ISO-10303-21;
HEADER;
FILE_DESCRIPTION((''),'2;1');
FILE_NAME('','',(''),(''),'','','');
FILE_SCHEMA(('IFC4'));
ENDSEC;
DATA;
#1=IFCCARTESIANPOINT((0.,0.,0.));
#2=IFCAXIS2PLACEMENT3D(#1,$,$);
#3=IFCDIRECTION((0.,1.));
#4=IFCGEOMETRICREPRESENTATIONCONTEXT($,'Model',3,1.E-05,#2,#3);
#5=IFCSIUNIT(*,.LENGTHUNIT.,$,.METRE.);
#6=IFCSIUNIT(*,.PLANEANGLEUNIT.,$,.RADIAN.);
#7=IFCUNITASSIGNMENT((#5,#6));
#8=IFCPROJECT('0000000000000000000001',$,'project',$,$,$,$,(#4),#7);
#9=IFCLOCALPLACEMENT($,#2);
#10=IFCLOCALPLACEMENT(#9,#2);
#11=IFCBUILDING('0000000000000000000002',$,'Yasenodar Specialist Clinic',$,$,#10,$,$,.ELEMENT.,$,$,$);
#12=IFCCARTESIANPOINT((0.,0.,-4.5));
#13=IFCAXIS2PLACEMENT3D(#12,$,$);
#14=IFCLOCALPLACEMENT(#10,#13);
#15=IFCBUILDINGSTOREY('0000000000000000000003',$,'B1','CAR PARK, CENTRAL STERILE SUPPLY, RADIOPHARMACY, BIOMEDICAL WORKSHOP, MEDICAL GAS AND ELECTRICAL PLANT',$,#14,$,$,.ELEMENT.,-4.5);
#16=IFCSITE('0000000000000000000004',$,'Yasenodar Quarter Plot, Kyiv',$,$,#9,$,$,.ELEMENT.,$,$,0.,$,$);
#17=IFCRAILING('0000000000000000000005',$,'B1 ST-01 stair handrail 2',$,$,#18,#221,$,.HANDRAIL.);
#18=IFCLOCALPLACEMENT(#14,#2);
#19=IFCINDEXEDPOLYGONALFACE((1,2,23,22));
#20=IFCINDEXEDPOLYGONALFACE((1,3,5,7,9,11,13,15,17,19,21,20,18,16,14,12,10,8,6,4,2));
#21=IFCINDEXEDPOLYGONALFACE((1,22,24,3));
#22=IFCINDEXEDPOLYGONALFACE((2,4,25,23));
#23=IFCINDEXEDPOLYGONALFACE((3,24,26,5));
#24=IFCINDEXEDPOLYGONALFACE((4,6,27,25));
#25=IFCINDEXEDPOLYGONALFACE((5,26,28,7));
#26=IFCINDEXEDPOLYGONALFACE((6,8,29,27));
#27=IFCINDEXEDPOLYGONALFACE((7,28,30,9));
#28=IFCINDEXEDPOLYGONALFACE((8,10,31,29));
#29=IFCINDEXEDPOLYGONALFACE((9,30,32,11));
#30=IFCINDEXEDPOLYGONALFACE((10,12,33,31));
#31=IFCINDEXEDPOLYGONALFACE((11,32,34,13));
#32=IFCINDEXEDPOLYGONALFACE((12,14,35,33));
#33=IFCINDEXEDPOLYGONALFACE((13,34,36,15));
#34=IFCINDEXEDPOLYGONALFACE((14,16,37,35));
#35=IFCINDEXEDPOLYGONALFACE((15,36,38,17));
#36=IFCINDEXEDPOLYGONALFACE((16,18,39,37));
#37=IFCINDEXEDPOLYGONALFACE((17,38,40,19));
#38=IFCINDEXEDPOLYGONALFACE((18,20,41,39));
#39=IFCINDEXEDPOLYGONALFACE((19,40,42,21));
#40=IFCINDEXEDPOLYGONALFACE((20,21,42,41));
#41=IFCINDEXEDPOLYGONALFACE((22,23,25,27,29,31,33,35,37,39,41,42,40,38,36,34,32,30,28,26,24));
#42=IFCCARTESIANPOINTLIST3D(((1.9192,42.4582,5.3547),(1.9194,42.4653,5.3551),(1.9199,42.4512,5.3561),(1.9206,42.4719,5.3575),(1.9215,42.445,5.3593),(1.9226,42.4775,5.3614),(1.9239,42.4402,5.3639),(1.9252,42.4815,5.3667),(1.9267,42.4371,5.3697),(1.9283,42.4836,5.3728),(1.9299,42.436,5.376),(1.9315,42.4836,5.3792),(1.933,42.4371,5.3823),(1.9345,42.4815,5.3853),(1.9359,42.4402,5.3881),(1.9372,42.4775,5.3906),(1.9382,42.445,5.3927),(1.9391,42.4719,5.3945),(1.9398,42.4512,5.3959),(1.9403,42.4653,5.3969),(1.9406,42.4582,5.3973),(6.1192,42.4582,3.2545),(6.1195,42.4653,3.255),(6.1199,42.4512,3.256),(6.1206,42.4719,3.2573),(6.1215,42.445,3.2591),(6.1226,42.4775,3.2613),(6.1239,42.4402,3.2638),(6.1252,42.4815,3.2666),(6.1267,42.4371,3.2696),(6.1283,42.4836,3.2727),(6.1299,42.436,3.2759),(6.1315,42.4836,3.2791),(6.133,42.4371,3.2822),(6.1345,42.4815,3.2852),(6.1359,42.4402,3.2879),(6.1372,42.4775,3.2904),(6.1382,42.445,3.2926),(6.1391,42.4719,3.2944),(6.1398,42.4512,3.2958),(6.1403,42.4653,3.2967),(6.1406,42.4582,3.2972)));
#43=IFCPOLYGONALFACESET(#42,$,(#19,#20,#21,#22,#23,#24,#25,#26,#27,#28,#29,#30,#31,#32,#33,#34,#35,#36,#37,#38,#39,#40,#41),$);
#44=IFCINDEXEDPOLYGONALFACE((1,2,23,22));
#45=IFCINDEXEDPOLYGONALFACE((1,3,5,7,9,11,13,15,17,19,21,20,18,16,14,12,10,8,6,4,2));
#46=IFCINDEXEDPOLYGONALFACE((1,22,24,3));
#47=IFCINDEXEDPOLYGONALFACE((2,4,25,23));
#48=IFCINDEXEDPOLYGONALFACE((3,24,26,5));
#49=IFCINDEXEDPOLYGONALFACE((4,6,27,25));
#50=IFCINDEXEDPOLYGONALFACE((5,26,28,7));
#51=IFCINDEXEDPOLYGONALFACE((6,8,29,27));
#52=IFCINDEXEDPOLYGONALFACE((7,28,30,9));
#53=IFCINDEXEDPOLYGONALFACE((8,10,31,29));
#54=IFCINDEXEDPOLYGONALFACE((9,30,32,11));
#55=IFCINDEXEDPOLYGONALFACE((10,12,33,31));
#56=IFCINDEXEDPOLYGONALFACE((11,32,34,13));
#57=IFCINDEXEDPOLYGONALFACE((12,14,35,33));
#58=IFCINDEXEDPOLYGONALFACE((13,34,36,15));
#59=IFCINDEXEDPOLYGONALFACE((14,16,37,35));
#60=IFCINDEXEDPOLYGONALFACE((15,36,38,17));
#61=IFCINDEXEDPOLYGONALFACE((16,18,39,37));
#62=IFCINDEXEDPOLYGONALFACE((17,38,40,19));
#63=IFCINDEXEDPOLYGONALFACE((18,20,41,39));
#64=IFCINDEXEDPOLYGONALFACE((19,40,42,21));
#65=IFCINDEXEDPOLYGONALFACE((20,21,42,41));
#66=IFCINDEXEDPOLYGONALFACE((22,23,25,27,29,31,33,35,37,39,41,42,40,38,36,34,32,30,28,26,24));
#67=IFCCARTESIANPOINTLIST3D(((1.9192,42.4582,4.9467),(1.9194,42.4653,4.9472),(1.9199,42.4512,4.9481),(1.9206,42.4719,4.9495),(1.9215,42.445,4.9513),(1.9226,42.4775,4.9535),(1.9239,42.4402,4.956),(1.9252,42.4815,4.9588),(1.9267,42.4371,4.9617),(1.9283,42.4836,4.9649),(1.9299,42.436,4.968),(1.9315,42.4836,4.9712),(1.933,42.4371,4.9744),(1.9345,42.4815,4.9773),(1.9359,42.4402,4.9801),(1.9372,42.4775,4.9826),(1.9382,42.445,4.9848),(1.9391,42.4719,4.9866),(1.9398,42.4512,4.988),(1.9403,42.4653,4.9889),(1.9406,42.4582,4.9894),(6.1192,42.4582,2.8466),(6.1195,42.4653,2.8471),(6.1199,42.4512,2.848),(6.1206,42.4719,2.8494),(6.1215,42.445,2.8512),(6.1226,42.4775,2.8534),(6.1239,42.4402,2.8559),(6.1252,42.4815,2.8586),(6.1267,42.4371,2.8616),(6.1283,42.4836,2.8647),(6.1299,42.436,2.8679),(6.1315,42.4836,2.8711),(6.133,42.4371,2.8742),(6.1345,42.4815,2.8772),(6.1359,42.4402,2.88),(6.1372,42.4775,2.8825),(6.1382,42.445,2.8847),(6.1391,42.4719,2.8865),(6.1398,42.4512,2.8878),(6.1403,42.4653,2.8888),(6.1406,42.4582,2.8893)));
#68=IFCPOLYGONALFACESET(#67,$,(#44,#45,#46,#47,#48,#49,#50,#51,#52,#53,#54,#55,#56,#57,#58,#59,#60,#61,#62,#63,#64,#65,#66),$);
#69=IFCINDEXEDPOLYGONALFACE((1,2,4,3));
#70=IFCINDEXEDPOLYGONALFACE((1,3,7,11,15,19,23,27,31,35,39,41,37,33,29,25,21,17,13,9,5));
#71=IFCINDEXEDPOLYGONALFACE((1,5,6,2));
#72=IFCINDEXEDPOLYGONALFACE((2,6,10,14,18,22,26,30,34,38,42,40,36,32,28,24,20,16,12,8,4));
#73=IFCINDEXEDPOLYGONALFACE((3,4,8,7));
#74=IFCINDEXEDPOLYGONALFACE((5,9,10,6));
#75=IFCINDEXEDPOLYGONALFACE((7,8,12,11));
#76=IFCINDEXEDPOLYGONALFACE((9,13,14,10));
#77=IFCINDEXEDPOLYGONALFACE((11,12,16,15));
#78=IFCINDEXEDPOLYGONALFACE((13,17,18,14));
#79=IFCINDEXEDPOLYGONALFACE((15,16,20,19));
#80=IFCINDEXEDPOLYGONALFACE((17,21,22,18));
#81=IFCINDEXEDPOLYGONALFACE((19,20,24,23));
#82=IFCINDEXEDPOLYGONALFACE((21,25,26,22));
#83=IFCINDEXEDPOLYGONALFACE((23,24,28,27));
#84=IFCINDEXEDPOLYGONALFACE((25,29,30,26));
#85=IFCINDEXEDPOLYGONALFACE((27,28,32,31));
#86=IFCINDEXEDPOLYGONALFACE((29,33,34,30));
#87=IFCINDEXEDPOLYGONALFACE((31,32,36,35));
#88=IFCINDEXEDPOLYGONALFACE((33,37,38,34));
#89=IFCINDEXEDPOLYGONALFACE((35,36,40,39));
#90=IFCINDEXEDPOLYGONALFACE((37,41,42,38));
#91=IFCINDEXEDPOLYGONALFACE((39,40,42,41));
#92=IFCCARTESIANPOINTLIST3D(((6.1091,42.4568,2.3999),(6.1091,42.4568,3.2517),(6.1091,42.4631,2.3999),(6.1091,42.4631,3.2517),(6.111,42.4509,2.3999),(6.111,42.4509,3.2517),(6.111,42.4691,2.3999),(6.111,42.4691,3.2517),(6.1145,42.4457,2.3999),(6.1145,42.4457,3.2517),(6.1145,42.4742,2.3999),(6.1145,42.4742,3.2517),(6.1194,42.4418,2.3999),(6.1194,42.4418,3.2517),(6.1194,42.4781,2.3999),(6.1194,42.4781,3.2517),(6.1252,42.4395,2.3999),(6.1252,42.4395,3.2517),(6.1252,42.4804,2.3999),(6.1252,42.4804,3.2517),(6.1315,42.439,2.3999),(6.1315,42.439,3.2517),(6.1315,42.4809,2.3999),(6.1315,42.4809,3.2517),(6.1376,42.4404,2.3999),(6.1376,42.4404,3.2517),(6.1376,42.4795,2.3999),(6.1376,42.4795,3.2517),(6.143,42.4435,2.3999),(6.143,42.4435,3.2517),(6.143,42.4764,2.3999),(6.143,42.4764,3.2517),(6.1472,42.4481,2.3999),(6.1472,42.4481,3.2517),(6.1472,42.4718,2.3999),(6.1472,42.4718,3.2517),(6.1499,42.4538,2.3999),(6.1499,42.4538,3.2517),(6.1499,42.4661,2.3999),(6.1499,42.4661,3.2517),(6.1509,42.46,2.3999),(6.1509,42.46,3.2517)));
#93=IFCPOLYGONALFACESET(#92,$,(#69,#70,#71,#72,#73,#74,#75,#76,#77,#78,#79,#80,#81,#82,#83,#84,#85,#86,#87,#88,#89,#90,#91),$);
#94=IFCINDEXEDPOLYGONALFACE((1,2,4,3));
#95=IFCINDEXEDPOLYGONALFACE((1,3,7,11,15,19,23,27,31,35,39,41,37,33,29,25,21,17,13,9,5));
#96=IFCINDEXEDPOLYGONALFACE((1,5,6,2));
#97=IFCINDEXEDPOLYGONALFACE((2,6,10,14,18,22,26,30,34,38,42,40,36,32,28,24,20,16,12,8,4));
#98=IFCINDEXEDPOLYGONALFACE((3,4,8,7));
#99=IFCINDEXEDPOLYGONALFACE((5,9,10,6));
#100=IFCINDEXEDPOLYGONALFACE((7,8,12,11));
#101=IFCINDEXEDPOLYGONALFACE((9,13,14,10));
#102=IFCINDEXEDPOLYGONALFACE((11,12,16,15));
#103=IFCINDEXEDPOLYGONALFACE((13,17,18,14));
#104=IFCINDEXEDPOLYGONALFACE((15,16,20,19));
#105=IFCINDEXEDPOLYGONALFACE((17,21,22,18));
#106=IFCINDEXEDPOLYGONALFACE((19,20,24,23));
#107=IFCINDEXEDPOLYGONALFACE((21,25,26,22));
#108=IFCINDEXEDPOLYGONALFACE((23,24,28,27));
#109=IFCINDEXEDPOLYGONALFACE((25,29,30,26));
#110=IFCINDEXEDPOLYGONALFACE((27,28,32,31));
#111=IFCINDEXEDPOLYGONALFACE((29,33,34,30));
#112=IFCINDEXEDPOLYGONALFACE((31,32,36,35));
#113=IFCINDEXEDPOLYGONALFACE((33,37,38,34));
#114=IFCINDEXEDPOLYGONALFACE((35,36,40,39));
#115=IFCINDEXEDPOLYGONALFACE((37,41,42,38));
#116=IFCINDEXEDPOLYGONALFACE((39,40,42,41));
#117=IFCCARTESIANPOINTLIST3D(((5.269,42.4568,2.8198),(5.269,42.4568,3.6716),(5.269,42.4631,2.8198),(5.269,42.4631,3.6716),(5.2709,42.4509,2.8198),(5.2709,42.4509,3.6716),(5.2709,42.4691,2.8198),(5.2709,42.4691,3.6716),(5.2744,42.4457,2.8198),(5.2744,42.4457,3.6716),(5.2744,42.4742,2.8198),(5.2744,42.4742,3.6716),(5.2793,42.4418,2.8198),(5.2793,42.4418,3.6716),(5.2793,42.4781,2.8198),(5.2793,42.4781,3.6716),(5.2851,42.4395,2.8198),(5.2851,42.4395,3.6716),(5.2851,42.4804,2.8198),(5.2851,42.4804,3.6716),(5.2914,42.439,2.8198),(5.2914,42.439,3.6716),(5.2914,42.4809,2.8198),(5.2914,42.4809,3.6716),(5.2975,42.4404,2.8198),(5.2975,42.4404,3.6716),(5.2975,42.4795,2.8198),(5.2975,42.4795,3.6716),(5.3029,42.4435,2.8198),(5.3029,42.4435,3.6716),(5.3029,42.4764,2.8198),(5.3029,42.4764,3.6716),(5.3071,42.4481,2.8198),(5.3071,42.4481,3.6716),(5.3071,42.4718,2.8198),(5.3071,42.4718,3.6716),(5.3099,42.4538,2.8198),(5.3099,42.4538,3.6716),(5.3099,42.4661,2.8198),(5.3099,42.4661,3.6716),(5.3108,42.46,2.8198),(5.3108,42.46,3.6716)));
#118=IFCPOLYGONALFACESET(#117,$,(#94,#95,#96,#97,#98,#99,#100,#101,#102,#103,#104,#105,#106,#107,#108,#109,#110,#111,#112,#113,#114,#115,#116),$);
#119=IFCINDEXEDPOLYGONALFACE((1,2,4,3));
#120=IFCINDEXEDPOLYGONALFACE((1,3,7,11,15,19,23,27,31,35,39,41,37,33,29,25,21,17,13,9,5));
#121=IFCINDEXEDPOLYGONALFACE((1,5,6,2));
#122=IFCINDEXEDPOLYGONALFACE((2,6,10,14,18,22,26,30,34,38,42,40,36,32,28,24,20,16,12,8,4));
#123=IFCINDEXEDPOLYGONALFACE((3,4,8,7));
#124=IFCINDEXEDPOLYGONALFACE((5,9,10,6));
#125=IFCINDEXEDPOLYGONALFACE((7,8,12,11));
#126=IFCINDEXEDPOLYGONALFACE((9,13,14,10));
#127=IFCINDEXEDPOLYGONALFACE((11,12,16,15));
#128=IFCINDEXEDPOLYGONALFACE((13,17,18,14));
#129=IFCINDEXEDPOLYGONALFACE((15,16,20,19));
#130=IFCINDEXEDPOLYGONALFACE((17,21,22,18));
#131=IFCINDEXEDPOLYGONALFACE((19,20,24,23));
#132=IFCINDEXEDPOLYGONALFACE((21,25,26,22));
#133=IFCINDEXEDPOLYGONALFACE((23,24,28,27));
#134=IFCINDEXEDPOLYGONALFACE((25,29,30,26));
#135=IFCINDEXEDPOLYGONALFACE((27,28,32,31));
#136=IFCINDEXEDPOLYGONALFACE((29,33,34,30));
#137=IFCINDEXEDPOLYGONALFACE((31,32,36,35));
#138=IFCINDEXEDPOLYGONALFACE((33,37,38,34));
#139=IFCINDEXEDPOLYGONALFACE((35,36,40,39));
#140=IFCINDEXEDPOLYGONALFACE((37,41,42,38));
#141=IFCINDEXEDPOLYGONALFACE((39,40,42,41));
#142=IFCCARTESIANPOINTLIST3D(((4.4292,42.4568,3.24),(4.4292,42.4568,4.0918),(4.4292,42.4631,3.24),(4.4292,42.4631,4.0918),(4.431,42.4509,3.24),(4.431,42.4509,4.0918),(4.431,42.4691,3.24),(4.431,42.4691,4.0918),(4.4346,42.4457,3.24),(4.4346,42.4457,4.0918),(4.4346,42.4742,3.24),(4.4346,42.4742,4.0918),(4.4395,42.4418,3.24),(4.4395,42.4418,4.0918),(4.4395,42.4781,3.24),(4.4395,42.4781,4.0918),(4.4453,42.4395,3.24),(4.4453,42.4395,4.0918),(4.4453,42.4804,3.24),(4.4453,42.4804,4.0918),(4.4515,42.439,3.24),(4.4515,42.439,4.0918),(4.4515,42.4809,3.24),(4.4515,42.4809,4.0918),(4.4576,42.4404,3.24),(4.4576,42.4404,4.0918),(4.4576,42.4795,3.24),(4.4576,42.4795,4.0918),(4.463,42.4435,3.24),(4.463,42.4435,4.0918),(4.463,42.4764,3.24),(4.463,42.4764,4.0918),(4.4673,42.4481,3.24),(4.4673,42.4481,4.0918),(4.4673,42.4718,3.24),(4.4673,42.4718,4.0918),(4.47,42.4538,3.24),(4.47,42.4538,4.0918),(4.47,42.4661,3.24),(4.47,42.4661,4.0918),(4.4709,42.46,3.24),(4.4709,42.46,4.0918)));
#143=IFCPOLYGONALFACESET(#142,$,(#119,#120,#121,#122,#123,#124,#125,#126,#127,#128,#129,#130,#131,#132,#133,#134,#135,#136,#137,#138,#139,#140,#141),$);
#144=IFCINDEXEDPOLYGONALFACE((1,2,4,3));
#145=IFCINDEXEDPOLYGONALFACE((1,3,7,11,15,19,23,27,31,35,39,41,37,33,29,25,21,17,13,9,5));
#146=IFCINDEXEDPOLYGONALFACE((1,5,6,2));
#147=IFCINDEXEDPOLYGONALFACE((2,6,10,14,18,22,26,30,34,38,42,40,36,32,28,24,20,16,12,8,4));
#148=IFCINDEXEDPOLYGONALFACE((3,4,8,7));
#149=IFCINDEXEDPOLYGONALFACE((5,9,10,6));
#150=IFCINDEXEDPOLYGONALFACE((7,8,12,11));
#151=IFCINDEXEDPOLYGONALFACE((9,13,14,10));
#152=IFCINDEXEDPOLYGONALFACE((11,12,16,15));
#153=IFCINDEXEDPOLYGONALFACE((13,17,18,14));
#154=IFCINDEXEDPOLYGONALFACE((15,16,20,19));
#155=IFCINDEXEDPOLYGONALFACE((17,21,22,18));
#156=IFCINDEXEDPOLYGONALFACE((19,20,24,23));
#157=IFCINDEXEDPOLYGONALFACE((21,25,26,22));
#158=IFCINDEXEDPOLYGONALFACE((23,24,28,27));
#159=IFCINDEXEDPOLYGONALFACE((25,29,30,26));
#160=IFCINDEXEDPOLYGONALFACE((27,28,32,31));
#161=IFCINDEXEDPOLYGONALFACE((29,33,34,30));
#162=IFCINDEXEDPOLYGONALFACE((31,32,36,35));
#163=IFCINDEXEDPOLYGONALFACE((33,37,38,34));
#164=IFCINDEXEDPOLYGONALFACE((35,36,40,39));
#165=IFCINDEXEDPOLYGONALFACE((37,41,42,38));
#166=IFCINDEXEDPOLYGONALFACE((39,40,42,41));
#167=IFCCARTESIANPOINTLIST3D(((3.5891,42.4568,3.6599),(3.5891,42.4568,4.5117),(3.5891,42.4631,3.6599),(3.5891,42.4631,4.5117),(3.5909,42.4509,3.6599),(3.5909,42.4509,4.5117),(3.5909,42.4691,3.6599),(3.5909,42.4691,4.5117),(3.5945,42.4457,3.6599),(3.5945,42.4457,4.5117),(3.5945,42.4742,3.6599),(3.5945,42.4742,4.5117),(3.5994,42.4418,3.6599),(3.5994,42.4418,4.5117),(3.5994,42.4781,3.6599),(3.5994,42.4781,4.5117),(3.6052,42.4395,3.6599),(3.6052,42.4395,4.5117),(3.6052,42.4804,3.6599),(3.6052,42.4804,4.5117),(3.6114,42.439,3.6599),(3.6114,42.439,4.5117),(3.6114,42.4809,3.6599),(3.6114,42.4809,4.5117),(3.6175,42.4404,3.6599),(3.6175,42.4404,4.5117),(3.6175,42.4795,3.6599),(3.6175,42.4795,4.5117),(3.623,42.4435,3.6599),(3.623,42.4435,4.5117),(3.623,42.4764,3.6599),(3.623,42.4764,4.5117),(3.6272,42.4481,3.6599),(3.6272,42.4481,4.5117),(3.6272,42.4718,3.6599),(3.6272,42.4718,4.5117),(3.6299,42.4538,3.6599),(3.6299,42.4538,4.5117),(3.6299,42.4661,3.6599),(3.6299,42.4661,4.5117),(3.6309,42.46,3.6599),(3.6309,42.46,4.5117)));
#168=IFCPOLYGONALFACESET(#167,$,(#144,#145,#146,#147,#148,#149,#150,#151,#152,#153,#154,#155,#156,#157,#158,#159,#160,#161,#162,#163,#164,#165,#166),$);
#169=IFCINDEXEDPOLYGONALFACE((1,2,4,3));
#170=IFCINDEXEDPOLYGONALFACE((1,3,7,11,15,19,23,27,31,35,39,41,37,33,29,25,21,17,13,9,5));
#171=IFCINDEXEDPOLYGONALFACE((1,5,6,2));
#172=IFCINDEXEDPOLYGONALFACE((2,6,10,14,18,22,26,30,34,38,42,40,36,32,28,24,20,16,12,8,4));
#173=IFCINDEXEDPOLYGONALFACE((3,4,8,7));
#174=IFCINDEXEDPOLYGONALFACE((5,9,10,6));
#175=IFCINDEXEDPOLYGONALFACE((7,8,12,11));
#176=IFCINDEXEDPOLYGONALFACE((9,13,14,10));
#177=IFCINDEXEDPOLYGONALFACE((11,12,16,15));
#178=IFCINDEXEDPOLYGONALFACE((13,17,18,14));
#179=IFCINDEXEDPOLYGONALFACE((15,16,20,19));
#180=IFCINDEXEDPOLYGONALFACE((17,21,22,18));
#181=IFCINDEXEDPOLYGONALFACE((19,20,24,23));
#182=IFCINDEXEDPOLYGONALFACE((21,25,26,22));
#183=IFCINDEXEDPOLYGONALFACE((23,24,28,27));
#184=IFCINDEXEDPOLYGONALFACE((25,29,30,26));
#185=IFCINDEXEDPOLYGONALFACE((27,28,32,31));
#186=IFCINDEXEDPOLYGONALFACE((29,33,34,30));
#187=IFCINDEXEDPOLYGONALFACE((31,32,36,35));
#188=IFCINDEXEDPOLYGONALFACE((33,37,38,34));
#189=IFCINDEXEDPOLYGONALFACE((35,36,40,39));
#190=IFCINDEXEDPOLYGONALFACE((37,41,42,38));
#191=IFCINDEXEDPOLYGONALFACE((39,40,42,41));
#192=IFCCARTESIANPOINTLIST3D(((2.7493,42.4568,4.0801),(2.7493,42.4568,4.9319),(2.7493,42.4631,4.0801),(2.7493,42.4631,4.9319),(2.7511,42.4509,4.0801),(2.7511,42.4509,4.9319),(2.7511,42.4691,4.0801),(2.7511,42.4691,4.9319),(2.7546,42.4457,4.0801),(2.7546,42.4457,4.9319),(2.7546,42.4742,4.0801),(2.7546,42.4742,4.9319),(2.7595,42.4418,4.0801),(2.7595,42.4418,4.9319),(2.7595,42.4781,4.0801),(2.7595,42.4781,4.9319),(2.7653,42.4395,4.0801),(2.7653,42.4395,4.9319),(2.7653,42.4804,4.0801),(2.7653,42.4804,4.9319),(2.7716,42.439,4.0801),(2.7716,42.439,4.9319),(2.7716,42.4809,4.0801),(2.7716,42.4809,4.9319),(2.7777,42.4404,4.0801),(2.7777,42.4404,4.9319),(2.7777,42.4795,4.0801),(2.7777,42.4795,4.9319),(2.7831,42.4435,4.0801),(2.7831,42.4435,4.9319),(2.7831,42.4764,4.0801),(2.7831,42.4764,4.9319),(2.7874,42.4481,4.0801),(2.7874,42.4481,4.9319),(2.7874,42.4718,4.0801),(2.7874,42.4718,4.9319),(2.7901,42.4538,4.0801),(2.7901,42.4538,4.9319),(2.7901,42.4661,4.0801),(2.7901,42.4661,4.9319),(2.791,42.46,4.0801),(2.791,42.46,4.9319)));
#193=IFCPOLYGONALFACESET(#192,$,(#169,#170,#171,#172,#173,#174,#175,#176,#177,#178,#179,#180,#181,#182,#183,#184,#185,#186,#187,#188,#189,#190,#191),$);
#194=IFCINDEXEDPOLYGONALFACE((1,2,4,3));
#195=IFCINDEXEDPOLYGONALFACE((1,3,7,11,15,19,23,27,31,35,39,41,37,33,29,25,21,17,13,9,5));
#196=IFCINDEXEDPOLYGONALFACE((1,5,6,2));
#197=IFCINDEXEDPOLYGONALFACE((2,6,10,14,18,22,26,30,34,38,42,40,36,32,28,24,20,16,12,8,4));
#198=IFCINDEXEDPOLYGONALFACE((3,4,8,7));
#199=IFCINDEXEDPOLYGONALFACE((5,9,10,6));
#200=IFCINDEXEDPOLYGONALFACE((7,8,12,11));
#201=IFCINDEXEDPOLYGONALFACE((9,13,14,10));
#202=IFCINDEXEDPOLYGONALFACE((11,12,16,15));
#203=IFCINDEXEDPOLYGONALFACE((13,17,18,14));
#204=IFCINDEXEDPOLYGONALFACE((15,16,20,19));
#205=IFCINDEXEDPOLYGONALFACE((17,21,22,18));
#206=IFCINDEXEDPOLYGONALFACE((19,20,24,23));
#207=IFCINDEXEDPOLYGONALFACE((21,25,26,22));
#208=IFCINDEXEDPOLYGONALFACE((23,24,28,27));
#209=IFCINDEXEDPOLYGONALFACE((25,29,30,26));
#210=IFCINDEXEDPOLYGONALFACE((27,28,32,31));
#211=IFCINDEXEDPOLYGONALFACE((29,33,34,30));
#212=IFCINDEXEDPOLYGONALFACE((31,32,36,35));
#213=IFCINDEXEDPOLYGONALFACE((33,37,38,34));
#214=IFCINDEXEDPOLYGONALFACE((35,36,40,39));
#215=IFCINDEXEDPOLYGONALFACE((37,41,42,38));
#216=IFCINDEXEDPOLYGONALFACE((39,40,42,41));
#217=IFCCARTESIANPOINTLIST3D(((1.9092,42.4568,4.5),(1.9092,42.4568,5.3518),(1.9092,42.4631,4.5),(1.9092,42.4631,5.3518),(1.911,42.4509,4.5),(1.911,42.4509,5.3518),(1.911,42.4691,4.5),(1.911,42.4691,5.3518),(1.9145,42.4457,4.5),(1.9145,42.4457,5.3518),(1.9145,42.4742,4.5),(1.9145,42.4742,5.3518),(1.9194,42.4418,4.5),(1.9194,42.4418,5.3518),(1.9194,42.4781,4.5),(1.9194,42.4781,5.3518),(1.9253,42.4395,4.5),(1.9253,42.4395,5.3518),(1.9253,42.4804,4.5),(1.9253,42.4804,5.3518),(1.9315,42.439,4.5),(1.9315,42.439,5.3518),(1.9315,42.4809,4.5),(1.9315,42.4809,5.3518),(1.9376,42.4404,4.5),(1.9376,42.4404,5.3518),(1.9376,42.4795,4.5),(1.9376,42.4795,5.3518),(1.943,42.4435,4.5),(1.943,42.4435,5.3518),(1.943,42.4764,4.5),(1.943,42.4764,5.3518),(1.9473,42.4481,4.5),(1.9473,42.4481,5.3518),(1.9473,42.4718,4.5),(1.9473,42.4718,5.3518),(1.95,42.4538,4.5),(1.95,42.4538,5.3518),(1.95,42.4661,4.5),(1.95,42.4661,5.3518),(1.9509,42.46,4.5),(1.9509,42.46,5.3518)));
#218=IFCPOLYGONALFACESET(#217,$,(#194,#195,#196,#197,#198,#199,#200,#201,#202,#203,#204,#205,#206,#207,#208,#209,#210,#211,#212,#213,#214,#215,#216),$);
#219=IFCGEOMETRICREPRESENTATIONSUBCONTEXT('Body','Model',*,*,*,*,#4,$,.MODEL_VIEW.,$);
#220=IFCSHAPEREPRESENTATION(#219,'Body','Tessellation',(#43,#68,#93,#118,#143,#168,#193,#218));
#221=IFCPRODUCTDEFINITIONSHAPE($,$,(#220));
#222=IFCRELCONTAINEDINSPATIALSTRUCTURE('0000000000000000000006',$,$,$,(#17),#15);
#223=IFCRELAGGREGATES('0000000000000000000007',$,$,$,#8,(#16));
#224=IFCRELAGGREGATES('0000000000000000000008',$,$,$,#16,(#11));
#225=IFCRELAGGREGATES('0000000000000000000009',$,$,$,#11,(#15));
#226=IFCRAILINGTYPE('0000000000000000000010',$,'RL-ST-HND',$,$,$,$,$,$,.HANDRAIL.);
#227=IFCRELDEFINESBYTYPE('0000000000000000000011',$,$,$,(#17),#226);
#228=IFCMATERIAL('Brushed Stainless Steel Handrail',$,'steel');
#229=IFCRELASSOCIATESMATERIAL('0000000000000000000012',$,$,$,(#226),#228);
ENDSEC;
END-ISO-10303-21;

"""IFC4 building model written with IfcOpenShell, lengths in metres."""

from ifc_helpers import new_model, si_unit, direction, frame, origin, origin_2d, place, context, subcontext, project, spatial, circle, extrude, material, type_object, element, save


model = new_model("IFC4")

# Units and contexts
model_context = context("Model", 3, precision=1e-05, world=origin(), true_north=direction((0.0, 1.0)))
body_context = subcontext(model_context, "Body", "Model", "MODEL_VIEW")
ifc_project = project(units=[si_unit("LENGTHUNIT", "METRE"), si_unit("PLANEANGLEUNIT", "RADIAN")], contexts=[model_context])

# Site, building, storey
site_placement = place(None, origin())
site = spatial("IfcSite", under=ifc_project, at=site_placement, Name="Yasenodar Quarter Plot, Kyiv", CompositionType="ELEMENT", RefElevation=0.0)
building_placement = place(site_placement, origin())
building = spatial("IfcBuilding", under=site, at=building_placement, Name="Yasenodar Specialist Clinic", CompositionType="ELEMENT")
storey_placement = place(building_placement, frame((0.0, 0.0, -4.5)))
storey = spatial("IfcBuildingStorey", under=building, at=storey_placement, Name="B1", Description="CAR PARK, CENTRAL STERILE SUPPLY, RADIOPHARMACY, BIOMEDICAL WORKSHOP, MEDICAL GAS AND ELECTRICAL PLANT", CompositionType="ELEMENT", Elevation=-4.5)

# Railing
ifc_material_1 = material(Name="Brushed Stainless Steel Handrail", Category="steel")
railing_type_1 = type_object("IfcRailingType", Name="RL-ST-HND", PredefinedType="HANDRAIL", material=ifc_material_1)
railing_1_placement = place(storey_placement, frame((6.1299, 42.46, 2.3999)))
element("IfcRailing", 1, at=railing_1_placement, inside=storey, type_object=railing_type_1, Name="B1 ST-01 stair handrail 2", PredefinedType="HANDRAIL", context=body_context, shape_type="SweptSolid", body=[
    extrude(circle(Radius=0.0239, at=origin_2d()), frame((0.0, 0.0, 0.876), z_axis=(-0.894417, 0.0, 0.447234), x_axis=(0.0, -1.0, 0.0)), (0.0, 0.0, 1.0), 4.6958),
    extrude(circle(Radius=0.0239, at=origin_2d()), frame((0.0, 0.0, 0.468), z_axis=(-0.894417, 0.0, 0.447234), x_axis=(0.0, -1.0, 0.0)), (0.0, 0.0, 1.0), 4.6958),
    extrude(circle(Radius=0.021, at=origin_2d()), origin(), (0.0, 0.0, 1.0), 0.8518),
    extrude(circle(Radius=0.021, at=origin_2d()), frame((-0.8401, 0.0, 0.4199)), (0.0, 0.0, 1.0), 0.8518),
    extrude(circle(Radius=0.021, at=origin_2d()), frame((-1.6799, 0.0, 0.8401)), (0.0, 0.0, 1.0), 0.8518),
    extrude(circle(Radius=0.021, at=origin_2d()), frame((-2.52, 0.0, 1.26)), (0.0, 0.0, 1.0), 0.8518),
    extrude(circle(Radius=0.021, at=origin_2d()), frame((-3.3599, 0.0, 1.6802)), (0.0, 0.0, 1.0), 0.8518),
    extrude(circle(Radius=0.021, at=origin_2d()), frame((-4.2, 0.0, 2.1001)), (0.0, 0.0, 1.0), 0.8518),
])

save(model, "model.ifc")
